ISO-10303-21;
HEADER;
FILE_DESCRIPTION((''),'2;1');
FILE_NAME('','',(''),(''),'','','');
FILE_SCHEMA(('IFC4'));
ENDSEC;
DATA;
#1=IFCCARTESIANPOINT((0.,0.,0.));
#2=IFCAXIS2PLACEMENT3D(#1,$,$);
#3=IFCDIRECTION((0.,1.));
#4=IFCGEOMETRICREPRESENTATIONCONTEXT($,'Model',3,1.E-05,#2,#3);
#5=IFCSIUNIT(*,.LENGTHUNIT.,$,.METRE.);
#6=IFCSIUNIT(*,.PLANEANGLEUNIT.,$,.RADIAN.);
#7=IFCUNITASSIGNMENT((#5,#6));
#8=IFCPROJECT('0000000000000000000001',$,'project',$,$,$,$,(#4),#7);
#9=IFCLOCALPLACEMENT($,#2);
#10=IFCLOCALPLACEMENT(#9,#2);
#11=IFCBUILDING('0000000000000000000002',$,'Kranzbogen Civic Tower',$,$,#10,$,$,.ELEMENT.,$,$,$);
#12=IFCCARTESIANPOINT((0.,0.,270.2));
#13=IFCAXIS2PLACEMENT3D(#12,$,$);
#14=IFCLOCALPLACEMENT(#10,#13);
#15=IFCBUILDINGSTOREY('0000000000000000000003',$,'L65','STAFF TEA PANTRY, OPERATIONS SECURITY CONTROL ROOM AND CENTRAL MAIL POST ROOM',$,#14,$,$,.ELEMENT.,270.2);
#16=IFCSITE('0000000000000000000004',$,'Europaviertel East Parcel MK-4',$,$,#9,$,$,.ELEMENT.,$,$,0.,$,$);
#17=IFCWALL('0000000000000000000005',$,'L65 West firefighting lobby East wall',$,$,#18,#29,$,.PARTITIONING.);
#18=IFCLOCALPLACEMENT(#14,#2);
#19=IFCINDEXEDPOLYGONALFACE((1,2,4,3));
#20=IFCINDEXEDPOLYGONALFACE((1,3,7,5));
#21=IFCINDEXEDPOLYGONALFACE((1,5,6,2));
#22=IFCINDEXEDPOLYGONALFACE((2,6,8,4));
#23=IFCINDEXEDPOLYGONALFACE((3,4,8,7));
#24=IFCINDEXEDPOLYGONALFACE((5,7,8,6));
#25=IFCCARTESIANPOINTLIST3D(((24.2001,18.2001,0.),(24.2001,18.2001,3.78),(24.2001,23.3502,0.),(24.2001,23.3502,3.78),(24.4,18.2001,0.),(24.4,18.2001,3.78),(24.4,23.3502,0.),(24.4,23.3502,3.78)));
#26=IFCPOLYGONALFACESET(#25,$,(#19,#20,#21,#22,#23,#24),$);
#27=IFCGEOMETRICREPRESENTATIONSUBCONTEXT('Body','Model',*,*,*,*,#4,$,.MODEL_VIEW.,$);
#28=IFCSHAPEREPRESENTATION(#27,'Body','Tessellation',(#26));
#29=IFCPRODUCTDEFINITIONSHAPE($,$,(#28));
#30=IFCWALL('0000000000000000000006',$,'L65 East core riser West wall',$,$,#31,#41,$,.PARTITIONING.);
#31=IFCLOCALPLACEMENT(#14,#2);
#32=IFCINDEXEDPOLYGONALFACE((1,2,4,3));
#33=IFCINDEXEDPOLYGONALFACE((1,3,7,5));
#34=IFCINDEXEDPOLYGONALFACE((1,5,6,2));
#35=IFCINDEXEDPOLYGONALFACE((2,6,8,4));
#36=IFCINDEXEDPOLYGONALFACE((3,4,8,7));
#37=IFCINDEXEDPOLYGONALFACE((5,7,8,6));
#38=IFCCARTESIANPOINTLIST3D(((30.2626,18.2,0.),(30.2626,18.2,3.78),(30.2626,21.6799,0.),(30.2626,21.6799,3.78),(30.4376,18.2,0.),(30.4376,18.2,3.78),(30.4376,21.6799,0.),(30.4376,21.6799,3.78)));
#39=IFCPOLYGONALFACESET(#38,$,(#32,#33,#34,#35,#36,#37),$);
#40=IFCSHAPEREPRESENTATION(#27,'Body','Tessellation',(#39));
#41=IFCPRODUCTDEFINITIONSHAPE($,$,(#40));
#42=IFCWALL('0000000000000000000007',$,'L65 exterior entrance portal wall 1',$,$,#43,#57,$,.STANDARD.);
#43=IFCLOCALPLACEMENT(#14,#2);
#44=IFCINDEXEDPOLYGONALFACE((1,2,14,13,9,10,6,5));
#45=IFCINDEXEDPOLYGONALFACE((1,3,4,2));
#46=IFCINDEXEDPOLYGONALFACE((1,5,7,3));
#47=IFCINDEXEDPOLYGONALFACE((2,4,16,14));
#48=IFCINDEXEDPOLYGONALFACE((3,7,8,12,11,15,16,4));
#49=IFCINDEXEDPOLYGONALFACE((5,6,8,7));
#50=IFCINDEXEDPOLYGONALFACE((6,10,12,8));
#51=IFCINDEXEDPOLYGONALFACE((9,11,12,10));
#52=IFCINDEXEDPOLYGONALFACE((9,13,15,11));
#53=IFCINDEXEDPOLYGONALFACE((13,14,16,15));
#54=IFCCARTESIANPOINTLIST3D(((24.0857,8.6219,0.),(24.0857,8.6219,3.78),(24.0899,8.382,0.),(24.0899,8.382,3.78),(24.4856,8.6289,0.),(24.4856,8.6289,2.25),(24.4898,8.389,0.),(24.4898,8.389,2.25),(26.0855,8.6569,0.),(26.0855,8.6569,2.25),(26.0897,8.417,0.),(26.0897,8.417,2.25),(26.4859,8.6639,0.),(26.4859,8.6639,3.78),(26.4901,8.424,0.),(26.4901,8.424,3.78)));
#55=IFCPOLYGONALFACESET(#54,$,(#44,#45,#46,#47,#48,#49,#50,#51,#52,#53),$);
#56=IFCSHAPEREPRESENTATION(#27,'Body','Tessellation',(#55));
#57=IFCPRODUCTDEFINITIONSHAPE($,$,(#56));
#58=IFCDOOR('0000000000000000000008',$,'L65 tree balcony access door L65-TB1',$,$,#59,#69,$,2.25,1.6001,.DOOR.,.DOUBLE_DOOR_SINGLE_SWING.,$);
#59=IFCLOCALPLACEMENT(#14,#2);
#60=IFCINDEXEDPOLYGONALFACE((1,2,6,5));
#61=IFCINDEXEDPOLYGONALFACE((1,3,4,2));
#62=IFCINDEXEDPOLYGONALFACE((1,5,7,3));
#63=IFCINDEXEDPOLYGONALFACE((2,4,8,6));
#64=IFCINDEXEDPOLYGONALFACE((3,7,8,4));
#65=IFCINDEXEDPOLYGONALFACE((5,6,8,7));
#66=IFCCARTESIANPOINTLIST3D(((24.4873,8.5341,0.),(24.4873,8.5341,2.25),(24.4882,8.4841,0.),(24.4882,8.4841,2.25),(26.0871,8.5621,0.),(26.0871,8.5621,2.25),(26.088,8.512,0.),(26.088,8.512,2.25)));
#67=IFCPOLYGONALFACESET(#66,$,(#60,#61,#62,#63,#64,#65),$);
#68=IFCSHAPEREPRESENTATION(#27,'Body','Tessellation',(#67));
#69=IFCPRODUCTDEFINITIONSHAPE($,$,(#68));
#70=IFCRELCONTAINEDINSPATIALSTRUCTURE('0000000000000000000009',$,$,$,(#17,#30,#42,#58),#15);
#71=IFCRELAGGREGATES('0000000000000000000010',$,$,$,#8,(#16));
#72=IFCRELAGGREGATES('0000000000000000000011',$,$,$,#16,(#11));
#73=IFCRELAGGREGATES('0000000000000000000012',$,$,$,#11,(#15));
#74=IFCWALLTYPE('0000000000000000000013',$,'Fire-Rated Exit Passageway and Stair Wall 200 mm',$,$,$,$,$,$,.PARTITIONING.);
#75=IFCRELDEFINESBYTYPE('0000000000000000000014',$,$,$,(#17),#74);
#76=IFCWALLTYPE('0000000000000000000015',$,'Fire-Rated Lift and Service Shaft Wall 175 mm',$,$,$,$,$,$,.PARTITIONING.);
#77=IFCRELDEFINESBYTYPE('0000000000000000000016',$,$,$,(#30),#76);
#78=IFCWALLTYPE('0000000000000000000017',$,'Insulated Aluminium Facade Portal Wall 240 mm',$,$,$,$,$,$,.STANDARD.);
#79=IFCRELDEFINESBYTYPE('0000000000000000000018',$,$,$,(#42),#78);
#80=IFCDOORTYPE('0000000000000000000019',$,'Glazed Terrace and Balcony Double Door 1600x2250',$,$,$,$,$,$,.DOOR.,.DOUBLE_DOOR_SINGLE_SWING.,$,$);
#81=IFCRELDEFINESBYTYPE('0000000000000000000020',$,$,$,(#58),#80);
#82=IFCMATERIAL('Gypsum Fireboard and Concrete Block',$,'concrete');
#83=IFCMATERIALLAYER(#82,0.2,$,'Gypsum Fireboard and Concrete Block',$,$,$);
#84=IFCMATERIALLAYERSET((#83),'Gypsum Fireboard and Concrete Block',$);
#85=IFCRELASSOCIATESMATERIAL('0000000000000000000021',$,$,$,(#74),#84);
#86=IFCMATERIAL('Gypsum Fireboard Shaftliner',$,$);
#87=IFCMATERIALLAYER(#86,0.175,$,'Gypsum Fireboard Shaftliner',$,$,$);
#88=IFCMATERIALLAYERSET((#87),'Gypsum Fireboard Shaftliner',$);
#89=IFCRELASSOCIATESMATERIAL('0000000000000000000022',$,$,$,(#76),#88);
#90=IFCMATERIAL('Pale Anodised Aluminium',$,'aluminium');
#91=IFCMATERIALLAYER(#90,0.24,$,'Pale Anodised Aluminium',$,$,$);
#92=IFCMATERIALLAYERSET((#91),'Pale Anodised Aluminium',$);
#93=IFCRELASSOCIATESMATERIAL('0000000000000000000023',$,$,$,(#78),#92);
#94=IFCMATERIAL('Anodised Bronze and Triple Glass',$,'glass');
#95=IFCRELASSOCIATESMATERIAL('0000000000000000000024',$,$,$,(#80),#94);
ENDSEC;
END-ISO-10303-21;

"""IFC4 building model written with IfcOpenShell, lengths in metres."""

from ifc_helpers import new_model, si_unit, direction, frame, frame_2d, origin, place, context, subcontext, project, spatial, rectangle, extrude, material, layer, layer_set, type_object, element, fill, save


model = new_model("IFC4")

# Units and contexts
model_context = context("Model", 3, precision=1e-05, world=origin(), true_north=direction((0.0, 1.0)))
body_context = subcontext(model_context, "Body", "Model", "MODEL_VIEW")
ifc_project = project(units=[si_unit("LENGTHUNIT", "METRE"), si_unit("PLANEANGLEUNIT", "RADIAN")], contexts=[model_context])

# Site, building, storey
site_placement = place(None, origin())
site = spatial("IfcSite", under=ifc_project, at=site_placement, Name="Europaviertel East Parcel MK-4", CompositionType="ELEMENT", RefElevation=0.0)
building_placement = place(site_placement, origin())
building = spatial("IfcBuilding", under=site, at=building_placement, Name="Kranzbogen Civic Tower", CompositionType="ELEMENT")
storey_placement = place(building_placement, frame((0.0, 0.0, 270.2)))
storey = spatial("IfcBuildingStorey", under=building, at=storey_placement, Name="L65", Description="STAFF TEA PANTRY, OPERATIONS SECURITY CONTROL ROOM AND CENTRAL MAIL POST ROOM", CompositionType="ELEMENT", Elevation=270.2)

# Shared definitions
ifc_material_1 = material(Name="Pale Anodised Aluminium", Category="aluminium")

# Walls
ifc_material_2 = material(Name="Gypsum Fireboard and Concrete Block", Category="concrete")
ifc_layer_1 = layer(ifc_material_2, 0.2, Name="Gypsum Fireboard and Concrete Block")
ifc_layer_set_1 = layer_set([ifc_layer_1], Name="Gypsum Fireboard and Concrete Block")
wall_type_1 = type_object("IfcWallType", Name="Fire-Rated Exit Passageway and Stair Wall 200 mm", PredefinedType="PARTITIONING", material=ifc_layer_set_1)
wall_1_placement = place(storey_placement, frame((24.3, 18.2, 0.0), z_axis=(0.0, 0.0, 1.0), x_axis=(0.0, 1.0, 0.0)))
element("IfcWall", 1, at=wall_1_placement, inside=storey, type_object=wall_type_1, Name="L65 West firefighting lobby East wall", PredefinedType="PARTITIONING", context=body_context, shape_type="SweptSolid", body=[
    extrude(rectangle(XDim=5.1501, YDim=0.2, at=frame_2d((2.5752, 0.0))), origin(), (0.0, 0.0, 1.0), 3.78),
])
ifc_material_3 = material(Name="Gypsum Fireboard Shaftliner")
ifc_layer_2 = layer(ifc_material_3, 0.175, Name="Gypsum Fireboard Shaftliner")
ifc_layer_set_2 = layer_set([ifc_layer_2], Name="Gypsum Fireboard Shaftliner")
wall_type_2 = type_object("IfcWallType", Name="Fire-Rated Lift and Service Shaft Wall 175 mm", PredefinedType="PARTITIONING", material=ifc_layer_set_2)
wall_2_placement = place(storey_placement, frame((30.3501, 18.2, 0.0), z_axis=(0.0, 0.0, 1.0), x_axis=(0.0, 1.0, 0.0)))
element("IfcWall", 2, at=wall_2_placement, inside=storey, type_object=wall_type_2, Name="L65 East core riser West wall", PredefinedType="PARTITIONING", context=body_context, shape_type="SweptSolid", body=[
    extrude(rectangle(XDim=3.48, YDim=0.175, at=frame_2d((1.74, 0.0))), origin(), (0.0, 0.0, 1.0), 3.78),
])

# Wall, opening, door
ifc_layer_3 = layer(ifc_material_1, 0.24, Name="Pale Anodised Aluminium")
ifc_layer_set_3 = layer_set([ifc_layer_3], Name="Pale Anodised Aluminium")
wall_type_3 = type_object("IfcWallType", Name="Insulated Aluminium Facade Portal Wall 240 mm", PredefinedType="STANDARD", material=ifc_layer_set_3)
wall_3_placement = place(storey_placement, frame((24.0879, 8.502, 0.0), z_axis=(0.0, 0.0, 1.0), x_axis=(0.999847, 0.017493, 0.0)))
wall_3 = element("IfcWall", 3, at=wall_3_placement, inside=storey, type_object=wall_type_3, Name="L65 exterior entrance portal wall 1", PredefinedType="STANDARD", context=body_context, shape_type="SweptSolid", body=[
    extrude(rectangle(XDim=2.4006, YDim=0.24, at=frame_2d((1.2002, 0.0))), origin(), (0.0, 0.0, 1.0), 3.78),
])
opening_placement = place(wall_3_placement, frame((0.3999, 0.0, 0.0)))
opening = element("IfcOpeningElement", 4, at=opening_placement, cuts=wall_3, PredefinedType="OPENING", context=body_context, shape_type="SweptSolid", body=[
    extrude(rectangle(XDim=1.6001, YDim=2.25, at=frame_2d((0.8, 1.125))), frame((0.0, 0.1299, 0.0), z_axis=(0.0, -1.0, 0.0), x_axis=(1.0, 0.0, 0.0)), (0.0, 0.0, 1.0), 0.26),
])
ifc_material_4 = material(Name="Anodised Bronze and Triple Glass", Category="glass")
door_type = type_object("IfcDoorType", Name="Glazed Terrace and Balcony Double Door 1600x2250", OperationType="DOUBLE_DOOR_SINGLE_SWING", PredefinedType="DOOR", material=ifc_material_4)
door_placement = place(opening_placement, frame((1.6001, 0.0, 0.0), z_axis=(0.0, 0.0, 1.0), x_axis=(-1.0, 0.0, 0.0)))
door = element("IfcDoor", 5, at=door_placement, inside=storey, type_object=door_type, Name="L65 tree balcony access door L65-TB1", OperationType="DOUBLE_DOOR_SINGLE_SWING", OverallHeight=2.25, OverallWidth=1.6001, PredefinedType="DOOR", context=body_context, shape_type="SweptSolid", body=[
    extrude(rectangle(XDim=1.6001, YDim=2.25, at=frame_2d((0.8, 1.125))), frame((0.0, 0.0249, 0.0), z_axis=(0.0, -1.0, 0.0), x_axis=(1.0, 0.0, 0.0)), (0.0, 0.0, 1.0), 0.05),
])
fill(opening, door)

save(model, "model.ifc")
